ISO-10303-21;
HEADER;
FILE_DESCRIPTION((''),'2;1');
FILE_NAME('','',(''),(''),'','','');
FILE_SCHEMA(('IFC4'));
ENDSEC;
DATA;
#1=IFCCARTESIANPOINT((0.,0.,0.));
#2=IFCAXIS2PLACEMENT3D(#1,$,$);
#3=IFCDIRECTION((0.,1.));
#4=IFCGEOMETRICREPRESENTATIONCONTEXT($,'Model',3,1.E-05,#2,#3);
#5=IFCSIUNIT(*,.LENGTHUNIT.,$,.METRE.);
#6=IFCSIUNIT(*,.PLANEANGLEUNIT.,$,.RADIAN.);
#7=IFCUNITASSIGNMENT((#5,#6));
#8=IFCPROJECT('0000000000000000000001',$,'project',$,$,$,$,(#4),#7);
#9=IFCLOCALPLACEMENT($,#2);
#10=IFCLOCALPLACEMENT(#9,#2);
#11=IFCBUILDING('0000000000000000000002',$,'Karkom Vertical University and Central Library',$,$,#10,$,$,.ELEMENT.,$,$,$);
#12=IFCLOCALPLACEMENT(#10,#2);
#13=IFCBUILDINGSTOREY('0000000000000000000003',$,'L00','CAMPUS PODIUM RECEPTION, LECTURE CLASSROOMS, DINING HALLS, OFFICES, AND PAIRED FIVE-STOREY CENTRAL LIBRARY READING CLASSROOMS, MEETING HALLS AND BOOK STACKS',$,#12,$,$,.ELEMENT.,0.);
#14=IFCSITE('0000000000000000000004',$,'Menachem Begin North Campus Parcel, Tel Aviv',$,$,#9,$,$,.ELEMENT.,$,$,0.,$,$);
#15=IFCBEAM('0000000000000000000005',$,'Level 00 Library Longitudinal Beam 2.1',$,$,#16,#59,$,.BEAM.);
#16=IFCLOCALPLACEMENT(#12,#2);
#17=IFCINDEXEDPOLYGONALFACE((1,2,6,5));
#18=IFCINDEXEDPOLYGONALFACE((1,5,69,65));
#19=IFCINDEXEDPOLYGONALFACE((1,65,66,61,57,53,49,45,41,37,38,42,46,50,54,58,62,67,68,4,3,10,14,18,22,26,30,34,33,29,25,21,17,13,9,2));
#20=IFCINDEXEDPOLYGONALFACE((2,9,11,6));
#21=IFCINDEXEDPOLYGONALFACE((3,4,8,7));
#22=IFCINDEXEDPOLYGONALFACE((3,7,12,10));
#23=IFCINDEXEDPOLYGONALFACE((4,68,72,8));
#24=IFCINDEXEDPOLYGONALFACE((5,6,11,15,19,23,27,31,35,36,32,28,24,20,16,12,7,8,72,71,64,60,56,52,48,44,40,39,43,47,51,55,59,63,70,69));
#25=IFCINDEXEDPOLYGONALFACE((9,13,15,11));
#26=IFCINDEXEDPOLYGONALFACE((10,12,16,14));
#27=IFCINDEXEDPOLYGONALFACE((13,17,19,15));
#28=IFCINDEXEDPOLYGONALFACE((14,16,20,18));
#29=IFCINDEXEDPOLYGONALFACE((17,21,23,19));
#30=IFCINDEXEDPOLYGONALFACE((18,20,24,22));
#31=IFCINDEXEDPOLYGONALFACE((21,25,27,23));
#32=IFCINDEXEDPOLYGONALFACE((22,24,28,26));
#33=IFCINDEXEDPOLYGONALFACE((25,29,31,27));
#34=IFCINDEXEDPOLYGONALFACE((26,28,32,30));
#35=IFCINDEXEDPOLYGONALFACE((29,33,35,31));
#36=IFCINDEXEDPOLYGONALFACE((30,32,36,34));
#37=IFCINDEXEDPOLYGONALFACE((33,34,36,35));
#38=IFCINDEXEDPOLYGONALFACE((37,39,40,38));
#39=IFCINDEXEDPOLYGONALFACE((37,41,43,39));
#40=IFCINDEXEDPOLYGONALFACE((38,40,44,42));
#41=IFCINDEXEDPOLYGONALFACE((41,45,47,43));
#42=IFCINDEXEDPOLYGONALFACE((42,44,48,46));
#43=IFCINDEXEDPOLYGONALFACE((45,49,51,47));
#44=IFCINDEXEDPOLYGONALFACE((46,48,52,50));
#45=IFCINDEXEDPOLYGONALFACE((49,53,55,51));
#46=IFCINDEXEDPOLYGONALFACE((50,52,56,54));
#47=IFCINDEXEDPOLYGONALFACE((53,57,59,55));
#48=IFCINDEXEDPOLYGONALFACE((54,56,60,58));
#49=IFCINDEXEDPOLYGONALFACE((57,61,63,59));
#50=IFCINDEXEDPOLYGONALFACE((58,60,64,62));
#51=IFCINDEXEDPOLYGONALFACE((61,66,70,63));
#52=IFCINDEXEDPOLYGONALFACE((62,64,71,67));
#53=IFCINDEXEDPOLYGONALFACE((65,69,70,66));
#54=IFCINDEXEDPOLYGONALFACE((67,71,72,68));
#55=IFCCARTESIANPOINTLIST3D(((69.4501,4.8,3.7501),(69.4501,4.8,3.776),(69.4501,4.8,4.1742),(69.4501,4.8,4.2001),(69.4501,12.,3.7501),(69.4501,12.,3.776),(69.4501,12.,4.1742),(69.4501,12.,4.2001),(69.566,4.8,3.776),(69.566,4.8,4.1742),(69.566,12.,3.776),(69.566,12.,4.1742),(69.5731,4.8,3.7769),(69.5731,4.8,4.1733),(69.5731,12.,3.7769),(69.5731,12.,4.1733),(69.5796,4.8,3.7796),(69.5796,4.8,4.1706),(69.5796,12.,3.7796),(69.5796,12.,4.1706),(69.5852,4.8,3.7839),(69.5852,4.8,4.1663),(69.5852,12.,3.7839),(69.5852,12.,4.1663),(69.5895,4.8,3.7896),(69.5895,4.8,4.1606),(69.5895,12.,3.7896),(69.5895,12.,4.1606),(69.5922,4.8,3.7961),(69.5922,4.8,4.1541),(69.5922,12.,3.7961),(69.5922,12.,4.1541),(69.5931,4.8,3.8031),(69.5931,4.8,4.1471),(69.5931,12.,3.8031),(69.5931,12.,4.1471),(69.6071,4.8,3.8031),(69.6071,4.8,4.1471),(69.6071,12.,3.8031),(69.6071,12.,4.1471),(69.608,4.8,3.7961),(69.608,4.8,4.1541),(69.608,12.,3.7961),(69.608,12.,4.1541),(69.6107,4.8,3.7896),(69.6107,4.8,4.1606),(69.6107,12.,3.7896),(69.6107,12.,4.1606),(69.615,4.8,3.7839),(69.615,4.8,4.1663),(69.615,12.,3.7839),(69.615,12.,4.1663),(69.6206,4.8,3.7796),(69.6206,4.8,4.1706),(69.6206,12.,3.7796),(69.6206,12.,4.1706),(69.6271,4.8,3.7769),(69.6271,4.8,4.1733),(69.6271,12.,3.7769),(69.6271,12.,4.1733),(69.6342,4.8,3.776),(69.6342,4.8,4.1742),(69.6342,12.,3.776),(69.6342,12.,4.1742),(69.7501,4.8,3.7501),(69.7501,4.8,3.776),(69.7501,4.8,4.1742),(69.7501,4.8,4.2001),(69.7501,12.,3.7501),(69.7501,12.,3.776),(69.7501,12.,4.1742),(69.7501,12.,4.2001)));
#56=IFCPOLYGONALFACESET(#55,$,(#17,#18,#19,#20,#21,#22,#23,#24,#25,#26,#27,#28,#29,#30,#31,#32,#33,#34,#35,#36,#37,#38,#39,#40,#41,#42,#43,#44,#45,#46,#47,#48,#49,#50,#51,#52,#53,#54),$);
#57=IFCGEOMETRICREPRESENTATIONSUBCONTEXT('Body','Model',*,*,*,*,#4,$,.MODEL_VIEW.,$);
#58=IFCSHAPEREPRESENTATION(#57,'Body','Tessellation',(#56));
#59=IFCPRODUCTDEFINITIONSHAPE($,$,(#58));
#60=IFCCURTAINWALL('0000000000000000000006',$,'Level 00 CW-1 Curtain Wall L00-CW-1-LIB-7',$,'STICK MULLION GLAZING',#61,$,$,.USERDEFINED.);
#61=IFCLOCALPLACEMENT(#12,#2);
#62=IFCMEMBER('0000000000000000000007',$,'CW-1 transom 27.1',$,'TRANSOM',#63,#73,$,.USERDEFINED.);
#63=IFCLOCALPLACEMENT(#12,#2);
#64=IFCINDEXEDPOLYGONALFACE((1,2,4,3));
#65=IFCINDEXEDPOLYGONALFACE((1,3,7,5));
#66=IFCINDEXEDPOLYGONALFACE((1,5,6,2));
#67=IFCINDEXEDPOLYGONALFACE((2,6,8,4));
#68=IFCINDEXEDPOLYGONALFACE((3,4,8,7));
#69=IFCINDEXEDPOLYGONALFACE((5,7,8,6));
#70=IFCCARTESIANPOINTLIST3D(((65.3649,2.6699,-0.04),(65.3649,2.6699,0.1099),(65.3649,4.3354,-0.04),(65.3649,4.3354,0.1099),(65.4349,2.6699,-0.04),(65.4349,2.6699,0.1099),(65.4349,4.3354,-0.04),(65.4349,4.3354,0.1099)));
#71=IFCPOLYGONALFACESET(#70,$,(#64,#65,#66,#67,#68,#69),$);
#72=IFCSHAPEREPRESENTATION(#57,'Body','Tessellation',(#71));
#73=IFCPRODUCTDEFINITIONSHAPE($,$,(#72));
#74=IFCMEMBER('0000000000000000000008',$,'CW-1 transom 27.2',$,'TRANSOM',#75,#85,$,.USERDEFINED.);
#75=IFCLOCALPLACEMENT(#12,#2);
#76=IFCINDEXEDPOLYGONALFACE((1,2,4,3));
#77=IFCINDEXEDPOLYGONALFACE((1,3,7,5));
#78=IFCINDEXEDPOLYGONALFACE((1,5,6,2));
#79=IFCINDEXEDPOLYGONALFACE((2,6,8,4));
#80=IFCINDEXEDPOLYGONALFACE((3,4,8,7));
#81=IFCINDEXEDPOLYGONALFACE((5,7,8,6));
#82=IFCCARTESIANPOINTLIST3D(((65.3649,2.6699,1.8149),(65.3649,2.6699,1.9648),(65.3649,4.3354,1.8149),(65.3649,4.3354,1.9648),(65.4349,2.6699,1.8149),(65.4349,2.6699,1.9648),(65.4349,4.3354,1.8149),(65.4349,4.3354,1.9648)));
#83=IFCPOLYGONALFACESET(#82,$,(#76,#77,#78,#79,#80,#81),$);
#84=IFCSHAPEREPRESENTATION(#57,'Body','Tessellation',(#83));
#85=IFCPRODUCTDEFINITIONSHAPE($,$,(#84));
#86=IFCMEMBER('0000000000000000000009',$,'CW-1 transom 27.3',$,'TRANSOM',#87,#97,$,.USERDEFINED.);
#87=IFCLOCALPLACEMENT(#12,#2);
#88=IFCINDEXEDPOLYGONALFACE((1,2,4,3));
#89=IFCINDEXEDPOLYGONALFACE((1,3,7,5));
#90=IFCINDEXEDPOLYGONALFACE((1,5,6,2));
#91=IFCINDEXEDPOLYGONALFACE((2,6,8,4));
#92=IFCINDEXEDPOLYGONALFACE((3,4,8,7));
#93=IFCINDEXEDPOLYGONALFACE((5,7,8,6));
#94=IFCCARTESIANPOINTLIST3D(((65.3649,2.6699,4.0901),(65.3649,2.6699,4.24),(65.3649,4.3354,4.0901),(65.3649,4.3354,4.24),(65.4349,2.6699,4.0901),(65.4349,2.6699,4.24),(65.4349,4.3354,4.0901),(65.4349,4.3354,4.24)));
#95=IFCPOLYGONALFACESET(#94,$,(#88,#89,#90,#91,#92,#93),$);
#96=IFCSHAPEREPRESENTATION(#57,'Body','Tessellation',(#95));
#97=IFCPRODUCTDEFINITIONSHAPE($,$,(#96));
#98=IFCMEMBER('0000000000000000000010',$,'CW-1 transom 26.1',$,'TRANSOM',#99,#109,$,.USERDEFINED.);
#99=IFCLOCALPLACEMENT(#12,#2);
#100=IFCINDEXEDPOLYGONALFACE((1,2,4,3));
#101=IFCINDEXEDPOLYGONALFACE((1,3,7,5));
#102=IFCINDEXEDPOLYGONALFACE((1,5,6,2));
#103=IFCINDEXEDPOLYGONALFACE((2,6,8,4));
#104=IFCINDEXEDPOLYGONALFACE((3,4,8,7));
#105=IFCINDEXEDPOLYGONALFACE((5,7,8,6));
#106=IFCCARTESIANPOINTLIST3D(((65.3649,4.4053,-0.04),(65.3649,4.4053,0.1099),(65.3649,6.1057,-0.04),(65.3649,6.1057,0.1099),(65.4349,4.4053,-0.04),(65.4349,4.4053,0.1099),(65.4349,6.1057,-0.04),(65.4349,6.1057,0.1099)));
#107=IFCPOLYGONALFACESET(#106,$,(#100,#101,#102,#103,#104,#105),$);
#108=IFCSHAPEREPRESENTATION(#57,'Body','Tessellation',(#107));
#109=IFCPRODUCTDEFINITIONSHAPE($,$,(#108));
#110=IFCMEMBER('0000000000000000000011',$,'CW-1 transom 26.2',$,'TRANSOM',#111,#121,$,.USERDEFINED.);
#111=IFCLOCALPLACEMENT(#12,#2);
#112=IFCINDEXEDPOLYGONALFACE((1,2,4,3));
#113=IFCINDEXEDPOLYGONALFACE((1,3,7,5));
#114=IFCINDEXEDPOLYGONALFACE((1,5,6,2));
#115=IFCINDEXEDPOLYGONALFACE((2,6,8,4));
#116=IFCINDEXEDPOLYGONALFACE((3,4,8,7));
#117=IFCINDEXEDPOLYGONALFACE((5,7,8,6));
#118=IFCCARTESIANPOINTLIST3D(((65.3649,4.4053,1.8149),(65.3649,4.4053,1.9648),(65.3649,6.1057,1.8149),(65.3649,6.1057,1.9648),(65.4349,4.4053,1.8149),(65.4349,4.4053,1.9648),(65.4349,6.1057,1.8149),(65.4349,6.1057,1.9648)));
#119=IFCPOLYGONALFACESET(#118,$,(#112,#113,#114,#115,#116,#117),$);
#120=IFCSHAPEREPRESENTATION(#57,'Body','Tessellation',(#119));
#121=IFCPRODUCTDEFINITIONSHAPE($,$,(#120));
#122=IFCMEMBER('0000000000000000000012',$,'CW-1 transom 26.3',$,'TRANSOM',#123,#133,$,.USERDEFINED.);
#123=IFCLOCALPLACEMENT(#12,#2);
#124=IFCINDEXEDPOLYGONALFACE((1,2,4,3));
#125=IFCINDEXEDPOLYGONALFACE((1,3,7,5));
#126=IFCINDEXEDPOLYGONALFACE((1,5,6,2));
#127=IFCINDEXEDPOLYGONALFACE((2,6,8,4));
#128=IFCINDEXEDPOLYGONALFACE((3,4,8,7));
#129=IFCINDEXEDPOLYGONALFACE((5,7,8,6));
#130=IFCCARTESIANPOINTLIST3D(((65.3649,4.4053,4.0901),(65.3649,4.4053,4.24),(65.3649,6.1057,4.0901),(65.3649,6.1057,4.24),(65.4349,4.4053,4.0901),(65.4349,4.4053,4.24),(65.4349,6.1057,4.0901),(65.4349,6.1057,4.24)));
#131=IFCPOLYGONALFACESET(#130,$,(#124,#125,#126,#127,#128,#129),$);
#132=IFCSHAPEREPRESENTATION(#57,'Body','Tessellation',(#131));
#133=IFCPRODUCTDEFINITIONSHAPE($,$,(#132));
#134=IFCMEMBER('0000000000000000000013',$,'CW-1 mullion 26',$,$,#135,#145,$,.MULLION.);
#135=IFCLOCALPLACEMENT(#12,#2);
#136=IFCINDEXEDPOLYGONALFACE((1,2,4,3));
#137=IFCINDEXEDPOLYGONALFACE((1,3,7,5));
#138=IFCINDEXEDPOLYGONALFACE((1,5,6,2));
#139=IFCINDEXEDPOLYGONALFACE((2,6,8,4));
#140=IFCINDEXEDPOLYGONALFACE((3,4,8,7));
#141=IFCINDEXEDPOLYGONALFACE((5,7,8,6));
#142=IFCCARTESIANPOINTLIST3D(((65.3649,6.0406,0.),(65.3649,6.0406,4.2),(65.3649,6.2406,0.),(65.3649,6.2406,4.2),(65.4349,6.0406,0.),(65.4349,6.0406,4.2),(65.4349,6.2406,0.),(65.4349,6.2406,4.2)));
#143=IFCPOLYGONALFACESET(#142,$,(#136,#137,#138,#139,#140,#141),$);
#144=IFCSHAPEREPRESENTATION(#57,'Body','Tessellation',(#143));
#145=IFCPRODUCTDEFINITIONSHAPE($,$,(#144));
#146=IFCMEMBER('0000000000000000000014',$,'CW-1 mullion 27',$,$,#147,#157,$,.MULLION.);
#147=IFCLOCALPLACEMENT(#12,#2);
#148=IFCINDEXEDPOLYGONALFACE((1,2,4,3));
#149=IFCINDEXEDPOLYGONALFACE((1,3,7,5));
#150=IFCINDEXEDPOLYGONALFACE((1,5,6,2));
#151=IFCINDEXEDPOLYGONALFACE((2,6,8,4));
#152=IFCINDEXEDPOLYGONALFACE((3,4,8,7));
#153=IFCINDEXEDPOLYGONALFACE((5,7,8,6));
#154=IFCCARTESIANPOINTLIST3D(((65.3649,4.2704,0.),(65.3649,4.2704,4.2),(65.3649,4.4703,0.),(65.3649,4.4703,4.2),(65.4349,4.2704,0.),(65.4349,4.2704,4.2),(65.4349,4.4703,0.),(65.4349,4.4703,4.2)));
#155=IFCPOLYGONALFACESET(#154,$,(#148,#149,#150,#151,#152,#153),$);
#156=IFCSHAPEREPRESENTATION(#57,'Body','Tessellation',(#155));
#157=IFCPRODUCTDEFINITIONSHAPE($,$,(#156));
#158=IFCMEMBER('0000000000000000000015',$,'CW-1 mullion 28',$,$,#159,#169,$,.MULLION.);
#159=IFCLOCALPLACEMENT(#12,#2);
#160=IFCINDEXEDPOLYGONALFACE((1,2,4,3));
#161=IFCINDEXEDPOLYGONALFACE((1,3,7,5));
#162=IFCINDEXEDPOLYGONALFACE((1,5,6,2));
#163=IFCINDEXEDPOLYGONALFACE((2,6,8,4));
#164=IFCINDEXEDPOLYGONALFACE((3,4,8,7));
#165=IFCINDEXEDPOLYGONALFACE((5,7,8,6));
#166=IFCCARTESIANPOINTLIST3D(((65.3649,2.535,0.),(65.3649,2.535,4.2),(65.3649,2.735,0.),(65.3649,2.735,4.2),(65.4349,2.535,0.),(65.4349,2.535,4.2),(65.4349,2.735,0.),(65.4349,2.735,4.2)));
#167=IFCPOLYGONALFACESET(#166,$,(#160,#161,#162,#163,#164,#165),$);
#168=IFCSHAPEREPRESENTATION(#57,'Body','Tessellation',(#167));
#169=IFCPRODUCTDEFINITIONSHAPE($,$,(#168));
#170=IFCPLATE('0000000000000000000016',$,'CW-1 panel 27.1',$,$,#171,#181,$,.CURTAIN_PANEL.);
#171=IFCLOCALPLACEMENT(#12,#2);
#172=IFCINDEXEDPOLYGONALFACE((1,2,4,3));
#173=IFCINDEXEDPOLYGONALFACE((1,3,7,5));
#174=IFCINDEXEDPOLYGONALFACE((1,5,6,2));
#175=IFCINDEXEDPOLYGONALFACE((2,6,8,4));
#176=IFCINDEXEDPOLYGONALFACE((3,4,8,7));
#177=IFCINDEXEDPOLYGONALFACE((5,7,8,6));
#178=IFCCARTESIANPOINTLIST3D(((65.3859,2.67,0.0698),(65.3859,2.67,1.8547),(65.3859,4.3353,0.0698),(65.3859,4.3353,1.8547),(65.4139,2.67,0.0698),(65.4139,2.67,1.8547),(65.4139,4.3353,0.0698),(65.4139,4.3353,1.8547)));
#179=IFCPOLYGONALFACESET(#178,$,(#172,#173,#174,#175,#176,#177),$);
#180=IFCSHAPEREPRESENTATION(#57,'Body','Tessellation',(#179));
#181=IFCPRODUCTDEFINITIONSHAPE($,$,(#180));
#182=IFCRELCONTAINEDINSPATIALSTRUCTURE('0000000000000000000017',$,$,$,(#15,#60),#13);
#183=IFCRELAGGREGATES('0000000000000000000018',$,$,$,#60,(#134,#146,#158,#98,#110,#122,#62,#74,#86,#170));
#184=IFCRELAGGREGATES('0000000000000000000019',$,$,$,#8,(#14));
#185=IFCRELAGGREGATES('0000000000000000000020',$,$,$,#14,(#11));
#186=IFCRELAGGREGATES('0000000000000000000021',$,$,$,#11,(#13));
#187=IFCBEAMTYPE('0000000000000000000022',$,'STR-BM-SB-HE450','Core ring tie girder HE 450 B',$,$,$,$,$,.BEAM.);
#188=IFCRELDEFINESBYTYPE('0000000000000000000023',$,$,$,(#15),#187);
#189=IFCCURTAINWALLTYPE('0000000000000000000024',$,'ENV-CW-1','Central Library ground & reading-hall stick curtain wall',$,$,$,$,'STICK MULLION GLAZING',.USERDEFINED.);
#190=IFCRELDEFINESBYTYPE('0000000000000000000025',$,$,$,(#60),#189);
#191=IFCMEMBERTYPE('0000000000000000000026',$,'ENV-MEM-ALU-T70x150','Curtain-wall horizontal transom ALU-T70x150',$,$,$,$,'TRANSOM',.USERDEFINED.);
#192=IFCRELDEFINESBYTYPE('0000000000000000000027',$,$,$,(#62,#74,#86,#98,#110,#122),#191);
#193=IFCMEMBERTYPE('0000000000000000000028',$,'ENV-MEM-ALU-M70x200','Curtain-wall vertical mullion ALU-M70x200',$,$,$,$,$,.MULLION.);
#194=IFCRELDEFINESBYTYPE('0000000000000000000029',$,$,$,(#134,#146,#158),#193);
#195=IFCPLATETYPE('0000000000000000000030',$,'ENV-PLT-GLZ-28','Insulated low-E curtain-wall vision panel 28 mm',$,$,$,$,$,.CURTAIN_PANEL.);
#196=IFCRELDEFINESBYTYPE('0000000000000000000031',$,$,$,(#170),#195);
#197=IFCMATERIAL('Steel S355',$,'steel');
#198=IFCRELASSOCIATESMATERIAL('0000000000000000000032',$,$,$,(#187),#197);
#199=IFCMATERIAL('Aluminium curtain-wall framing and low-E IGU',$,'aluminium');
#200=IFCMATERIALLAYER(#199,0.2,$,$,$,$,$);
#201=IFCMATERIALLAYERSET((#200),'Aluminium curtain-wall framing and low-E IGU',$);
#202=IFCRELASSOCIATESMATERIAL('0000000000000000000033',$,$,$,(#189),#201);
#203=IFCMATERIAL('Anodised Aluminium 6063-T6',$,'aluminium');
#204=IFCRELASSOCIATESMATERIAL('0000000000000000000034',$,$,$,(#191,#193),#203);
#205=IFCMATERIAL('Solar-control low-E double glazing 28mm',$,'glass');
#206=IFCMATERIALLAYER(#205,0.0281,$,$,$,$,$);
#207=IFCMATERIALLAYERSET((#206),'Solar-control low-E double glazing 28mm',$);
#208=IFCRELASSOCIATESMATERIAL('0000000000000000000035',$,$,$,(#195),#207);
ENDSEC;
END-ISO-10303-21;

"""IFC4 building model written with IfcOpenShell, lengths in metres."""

from ifc_helpers import new_model, si_unit, direction, frame, origin, origin_with_axes, origin_2d, place, context, subcontext, project, spatial, rectangle, i_section, extrude, source, transform, mapped, material, layer, layer_set, material_profile, profile_set, type_object, element, aggregate, save


model = new_model("IFC4")

# Units and contexts
model_context = context("Model", 3, precision=1e-05, world=origin(), true_north=direction((0.0, 1.0)))
body_context = subcontext(model_context, "Body", "Model", "MODEL_VIEW")
ifc_project = project(units=[si_unit("LENGTHUNIT", "METRE"), si_unit("PLANEANGLEUNIT", "RADIAN")], contexts=[model_context])

# Site, building, storey
site_placement = place(None, origin())
site = spatial("IfcSite", under=ifc_project, at=site_placement, Name="Menachem Begin North Campus Parcel, Tel Aviv", CompositionType="ELEMENT", RefElevation=0.0)
building_placement = place(site_placement, origin())
building = spatial("IfcBuilding", under=site, at=building_placement, Name="Karkom Vertical University and Central Library", CompositionType="ELEMENT")
storey_placement = place(building_placement, origin())
storey = spatial("IfcBuildingStorey", under=building, at=storey_placement, Name="L00", Description="CAMPUS PODIUM RECEPTION, LECTURE CLASSROOMS, DINING HALLS, OFFICES, AND PAIRED FIVE-STOREY CENTRAL LIBRARY READING CLASSROOMS, MEETING HALLS AND BOOK STACKS", CompositionType="ELEMENT", Elevation=0.0)

# Beam
ifc_material_1 = material(Name="Steel S355", Category="steel")
ifc_material_profile_1 = material_profile(ifc_material_1, i_section(OverallWidth=0.3, OverallDepth=0.45, WebThickness=0.0139, FlangeThickness=0.0259, FilletRadius=0.0271, at=origin_2d()), Name="HE 450 B")
ifc_profile_set_1 = profile_set([ifc_material_profile_1], Name="Steel S355")
beam_type_1 = type_object("IfcBeamType", Name="STR-BM-SB-HE450", Description="Core ring tie girder HE 450 B", PredefinedType="BEAM", material=ifc_profile_set_1)
shared_shape_1 = source(origin_with_axes(), body_context, "Body", "SweptSolid", [
    extrude(i_section(OverallWidth=0.3, OverallDepth=0.45, WebThickness=0.0139, FlangeThickness=0.0259, FilletRadius=0.0271, at=origin_2d()), origin(), (0.0, 0.0, 1.0), 7.2),
])
for number, where, z_axis, x_axis, name in (
    (1, (69.6001, 4.8, 3.9751), (0.0, 1.0, 0.0), (-1.0, 0.0, 0.0), "Level 00 Library Longitudinal Beam 2.1"),
):
    element("IfcBeam", number, at=place(storey_placement, frame(where, z_axis=z_axis, x_axis=x_axis)), inside=storey, type_object=beam_type_1, Name=name, PredefinedType="BEAM", context=body_context, shape_type="MappedRepresentation", body=[
        mapped(shared_shape_1, transform((0.0, 0.0, 0.0), scale=1.0)),
    ])

# Curtain wall, members, plate
ifc_material_2 = material(Name="Aluminium curtain-wall framing and low-E IGU", Category="aluminium")
ifc_layer_1 = layer(ifc_material_2, 0.2)
ifc_layer_set_1 = layer_set([ifc_layer_1], Name="Aluminium curtain-wall framing and low-E IGU")
curtain_wall_type = type_object("IfcCurtainWallType", Name="ENV-CW-1", Description="Central Library ground & reading-hall stick curtain wall", ElementType="STICK MULLION GLAZING", PredefinedType="USERDEFINED", material=ifc_layer_set_1)
curtain_wall_placement = place(storey_placement, origin())
curtain_wall = element("IfcCurtainWall", 2, at=curtain_wall_placement, inside=storey, type_object=curtain_wall_type, Name="Level 00 CW-1 Curtain Wall L00-CW-1-LIB-7", ObjectType="STICK MULLION GLAZING", PredefinedType="USERDEFINED")
ifc_material_3 = material(Name="Anodised Aluminium 6063-T6", Category="aluminium")
ifc_material_profile_2 = material_profile(ifc_material_3, rectangle(XDim=0.0701, YDim=0.1499, at=origin_2d()), Name="ALU-T70x150")
ifc_profile_set_2 = profile_set([ifc_material_profile_2], Name="Anodised Aluminium 6063-T6")
member_type_1 = type_object("IfcMemberType", Name="ENV-MEM-ALU-T70x150", Description="Curtain-wall horizontal transom ALU-T70x150", ElementType="TRANSOM", PredefinedType="USERDEFINED", material=ifc_profile_set_2)
shared_shape_2 = source(origin_with_axes(), body_context, "Body", "SweptSolid", [
    extrude(rectangle(XDim=0.0701, YDim=0.1499, at=origin_2d()), origin(), (0.0, 0.0, 1.0), 1.6655),
])
member_1_placement = place(storey_placement, frame((65.3999, 4.3354, 0.0349), z_axis=(0.0, -1.0, 0.0), x_axis=(1.0, 0.0, 0.0)))
member_1 = element("IfcMember", 3, at=member_1_placement, type_object=member_type_1, Name="CW-1 transom 27.1", ObjectType="TRANSOM", PredefinedType="USERDEFINED", context=body_context, shape_type="MappedRepresentation", body=[
    mapped(shared_shape_2, transform((0.0, 0.0, 0.0), scale=1.0)),
])
member_2_placement = place(storey_placement, frame((65.3999, 4.3354, 1.8899), z_axis=(0.0, -1.0, 0.0), x_axis=(1.0, 0.0, 0.0)))
member_2 = element("IfcMember", 4, at=member_2_placement, type_object=member_type_1, Name="CW-1 transom 27.2", ObjectType="TRANSOM", PredefinedType="USERDEFINED", context=body_context, shape_type="MappedRepresentation", body=[
    mapped(shared_shape_2, transform((0.0, 0.0, 0.0), scale=1.0)),
])
member_3_placement = place(storey_placement, frame((65.3999, 4.3354, 4.165), z_axis=(0.0, -1.0, 0.0), x_axis=(1.0, 0.0, 0.0)))
member_3 = element("IfcMember", 5, at=member_3_placement, type_object=member_type_1, Name="CW-1 transom 27.3", ObjectType="TRANSOM", PredefinedType="USERDEFINED", context=body_context, shape_type="MappedRepresentation", body=[
    mapped(shared_shape_2, transform((0.0, 0.0, 0.0), scale=1.0)),
])
shared_shape_3 = source(origin_with_axes(), body_context, "Body", "SweptSolid", [
    extrude(rectangle(XDim=0.0701, YDim=0.1499, at=origin_2d()), origin(), (0.0, 0.0, 1.0), 1.7004),
])
member_4_placement = place(storey_placement, frame((65.3999, 6.1057, 0.0349), z_axis=(0.0, -1.0, 0.0), x_axis=(1.0, 0.0, 0.0)))
member_4 = element("IfcMember", 6, at=member_4_placement, type_object=member_type_1, Name="CW-1 transom 26.1", ObjectType="TRANSOM", PredefinedType="USERDEFINED", context=body_context, shape_type="MappedRepresentation", body=[
    mapped(shared_shape_3, transform((0.0, 0.0, 0.0), scale=1.0)),
])
member_5_placement = place(storey_placement, frame((65.3999, 6.1057, 1.8899), z_axis=(0.0, -1.0, 0.0), x_axis=(1.0, 0.0, 0.0)))
member_5 = element("IfcMember", 7, at=member_5_placement, type_object=member_type_1, Name="CW-1 transom 26.2", ObjectType="TRANSOM", PredefinedType="USERDEFINED", context=body_context, shape_type="MappedRepresentation", body=[
    mapped(shared_shape_3, transform((0.0, 0.0, 0.0), scale=1.0)),
])
member_6_placement = place(storey_placement, frame((65.3999, 6.1057, 4.165), z_axis=(0.0, -1.0, 0.0), x_axis=(1.0, 0.0, 0.0)))
member_6 = element("IfcMember", 8, at=member_6_placement, type_object=member_type_1, Name="CW-1 transom 26.3", ObjectType="TRANSOM", PredefinedType="USERDEFINED", context=body_context, shape_type="MappedRepresentation", body=[
    mapped(shared_shape_3, transform((0.0, 0.0, 0.0), scale=1.0)),
])
ifc_material_profile_3 = material_profile(ifc_material_3, rectangle(XDim=0.0701, YDim=0.2, at=origin_2d()), Name="ALU-M70x200")
ifc_profile_set_3 = profile_set([ifc_material_profile_3], Name="Anodised Aluminium 6063-T6")
member_type_2 = type_object("IfcMemberType", Name="ENV-MEM-ALU-M70x200", Description="Curtain-wall vertical mullion ALU-M70x200", PredefinedType="MULLION", material=ifc_profile_set_3)
shared_shape_4 = source(origin_with_axes(), body_context, "Body", "SweptSolid", [
    extrude(rectangle(XDim=0.0701, YDim=0.2, at=origin_2d()), origin(), (0.0, 0.0, 1.0), 4.2),
])
member_7_placement = place(storey_placement, frame((65.3999, 6.1406, 0.0), z_axis=(0.0, 0.0, 1.0), x_axis=(1.0, 0.0, 0.0)))
member_7 = element("IfcMember", 9, at=member_7_placement, type_object=member_type_2, Name="CW-1 mullion 26", PredefinedType="MULLION", context=body_context, shape_type="MappedRepresentation", body=[
    mapped(shared_shape_4, transform((0.0, 0.0, 0.0), scale=1.0)),
])
member_8_placement = place(storey_placement, frame((65.3999, 4.3704, 0.0), z_axis=(0.0, 0.0, 1.0), x_axis=(1.0, 0.0, 0.0)))
member_8 = element("IfcMember", 10, at=member_8_placement, type_object=member_type_2, Name="CW-1 mullion 27", PredefinedType="MULLION", context=body_context, shape_type="MappedRepresentation", body=[
    mapped(shared_shape_4, transform((0.0, 0.0, 0.0), scale=1.0)),
])
member_9_placement = place(storey_placement, frame((65.3999, 2.635, 0.0), z_axis=(0.0, 0.0, 1.0), x_axis=(1.0, 0.0, 0.0)))
member_9 = element("IfcMember", 11, at=member_9_placement, type_object=member_type_2, Name="CW-1 mullion 28", PredefinedType="MULLION", context=body_context, shape_type="MappedRepresentation", body=[
    mapped(shared_shape_4, transform((0.0, 0.0, 0.0), scale=1.0)),
])
ifc_material_4 = material(Name="Solar-control low-E double glazing 28mm", Category="glass")
ifc_layer_2 = layer(ifc_material_4, 0.0281)
ifc_layer_set_2 = layer_set([ifc_layer_2], Name="Solar-control low-E double glazing 28mm")
plate_type = type_object("IfcPlateType", Name="ENV-PLT-GLZ-28", Description="Insulated low-E curtain-wall vision panel 28 mm", PredefinedType="CURTAIN_PANEL", material=ifc_layer_set_2)
shared_shape_5 = source(origin_with_axes(), body_context, "Body", "SweptSolid", [
    extrude(rectangle(XDim=1.6653, YDim=0.0281, at=origin_2d()), origin(), (0.0, 0.0, 1.0), 1.7849),
])
plate_1_placement = place(storey_placement, frame((65.3999, 3.5027, 0.0698), z_axis=(0.0, 0.0, 1.0), x_axis=(0.0, -1.0, 0.0)))
plate_1 = element("IfcPlate", 12, at=plate_1_placement, type_object=plate_type, Name="CW-1 panel 27.1", PredefinedType="CURTAIN_PANEL", context=body_context, shape_type="MappedRepresentation", body=[
    mapped(shared_shape_5, transform((0.0, 0.0, 0.0), scale=1.0)),
])
aggregate(curtain_wall, [member_7, member_8, member_9, member_4, member_5, member_6, member_1, member_2, member_3, plate_1])

save(model, "model.ifc")
